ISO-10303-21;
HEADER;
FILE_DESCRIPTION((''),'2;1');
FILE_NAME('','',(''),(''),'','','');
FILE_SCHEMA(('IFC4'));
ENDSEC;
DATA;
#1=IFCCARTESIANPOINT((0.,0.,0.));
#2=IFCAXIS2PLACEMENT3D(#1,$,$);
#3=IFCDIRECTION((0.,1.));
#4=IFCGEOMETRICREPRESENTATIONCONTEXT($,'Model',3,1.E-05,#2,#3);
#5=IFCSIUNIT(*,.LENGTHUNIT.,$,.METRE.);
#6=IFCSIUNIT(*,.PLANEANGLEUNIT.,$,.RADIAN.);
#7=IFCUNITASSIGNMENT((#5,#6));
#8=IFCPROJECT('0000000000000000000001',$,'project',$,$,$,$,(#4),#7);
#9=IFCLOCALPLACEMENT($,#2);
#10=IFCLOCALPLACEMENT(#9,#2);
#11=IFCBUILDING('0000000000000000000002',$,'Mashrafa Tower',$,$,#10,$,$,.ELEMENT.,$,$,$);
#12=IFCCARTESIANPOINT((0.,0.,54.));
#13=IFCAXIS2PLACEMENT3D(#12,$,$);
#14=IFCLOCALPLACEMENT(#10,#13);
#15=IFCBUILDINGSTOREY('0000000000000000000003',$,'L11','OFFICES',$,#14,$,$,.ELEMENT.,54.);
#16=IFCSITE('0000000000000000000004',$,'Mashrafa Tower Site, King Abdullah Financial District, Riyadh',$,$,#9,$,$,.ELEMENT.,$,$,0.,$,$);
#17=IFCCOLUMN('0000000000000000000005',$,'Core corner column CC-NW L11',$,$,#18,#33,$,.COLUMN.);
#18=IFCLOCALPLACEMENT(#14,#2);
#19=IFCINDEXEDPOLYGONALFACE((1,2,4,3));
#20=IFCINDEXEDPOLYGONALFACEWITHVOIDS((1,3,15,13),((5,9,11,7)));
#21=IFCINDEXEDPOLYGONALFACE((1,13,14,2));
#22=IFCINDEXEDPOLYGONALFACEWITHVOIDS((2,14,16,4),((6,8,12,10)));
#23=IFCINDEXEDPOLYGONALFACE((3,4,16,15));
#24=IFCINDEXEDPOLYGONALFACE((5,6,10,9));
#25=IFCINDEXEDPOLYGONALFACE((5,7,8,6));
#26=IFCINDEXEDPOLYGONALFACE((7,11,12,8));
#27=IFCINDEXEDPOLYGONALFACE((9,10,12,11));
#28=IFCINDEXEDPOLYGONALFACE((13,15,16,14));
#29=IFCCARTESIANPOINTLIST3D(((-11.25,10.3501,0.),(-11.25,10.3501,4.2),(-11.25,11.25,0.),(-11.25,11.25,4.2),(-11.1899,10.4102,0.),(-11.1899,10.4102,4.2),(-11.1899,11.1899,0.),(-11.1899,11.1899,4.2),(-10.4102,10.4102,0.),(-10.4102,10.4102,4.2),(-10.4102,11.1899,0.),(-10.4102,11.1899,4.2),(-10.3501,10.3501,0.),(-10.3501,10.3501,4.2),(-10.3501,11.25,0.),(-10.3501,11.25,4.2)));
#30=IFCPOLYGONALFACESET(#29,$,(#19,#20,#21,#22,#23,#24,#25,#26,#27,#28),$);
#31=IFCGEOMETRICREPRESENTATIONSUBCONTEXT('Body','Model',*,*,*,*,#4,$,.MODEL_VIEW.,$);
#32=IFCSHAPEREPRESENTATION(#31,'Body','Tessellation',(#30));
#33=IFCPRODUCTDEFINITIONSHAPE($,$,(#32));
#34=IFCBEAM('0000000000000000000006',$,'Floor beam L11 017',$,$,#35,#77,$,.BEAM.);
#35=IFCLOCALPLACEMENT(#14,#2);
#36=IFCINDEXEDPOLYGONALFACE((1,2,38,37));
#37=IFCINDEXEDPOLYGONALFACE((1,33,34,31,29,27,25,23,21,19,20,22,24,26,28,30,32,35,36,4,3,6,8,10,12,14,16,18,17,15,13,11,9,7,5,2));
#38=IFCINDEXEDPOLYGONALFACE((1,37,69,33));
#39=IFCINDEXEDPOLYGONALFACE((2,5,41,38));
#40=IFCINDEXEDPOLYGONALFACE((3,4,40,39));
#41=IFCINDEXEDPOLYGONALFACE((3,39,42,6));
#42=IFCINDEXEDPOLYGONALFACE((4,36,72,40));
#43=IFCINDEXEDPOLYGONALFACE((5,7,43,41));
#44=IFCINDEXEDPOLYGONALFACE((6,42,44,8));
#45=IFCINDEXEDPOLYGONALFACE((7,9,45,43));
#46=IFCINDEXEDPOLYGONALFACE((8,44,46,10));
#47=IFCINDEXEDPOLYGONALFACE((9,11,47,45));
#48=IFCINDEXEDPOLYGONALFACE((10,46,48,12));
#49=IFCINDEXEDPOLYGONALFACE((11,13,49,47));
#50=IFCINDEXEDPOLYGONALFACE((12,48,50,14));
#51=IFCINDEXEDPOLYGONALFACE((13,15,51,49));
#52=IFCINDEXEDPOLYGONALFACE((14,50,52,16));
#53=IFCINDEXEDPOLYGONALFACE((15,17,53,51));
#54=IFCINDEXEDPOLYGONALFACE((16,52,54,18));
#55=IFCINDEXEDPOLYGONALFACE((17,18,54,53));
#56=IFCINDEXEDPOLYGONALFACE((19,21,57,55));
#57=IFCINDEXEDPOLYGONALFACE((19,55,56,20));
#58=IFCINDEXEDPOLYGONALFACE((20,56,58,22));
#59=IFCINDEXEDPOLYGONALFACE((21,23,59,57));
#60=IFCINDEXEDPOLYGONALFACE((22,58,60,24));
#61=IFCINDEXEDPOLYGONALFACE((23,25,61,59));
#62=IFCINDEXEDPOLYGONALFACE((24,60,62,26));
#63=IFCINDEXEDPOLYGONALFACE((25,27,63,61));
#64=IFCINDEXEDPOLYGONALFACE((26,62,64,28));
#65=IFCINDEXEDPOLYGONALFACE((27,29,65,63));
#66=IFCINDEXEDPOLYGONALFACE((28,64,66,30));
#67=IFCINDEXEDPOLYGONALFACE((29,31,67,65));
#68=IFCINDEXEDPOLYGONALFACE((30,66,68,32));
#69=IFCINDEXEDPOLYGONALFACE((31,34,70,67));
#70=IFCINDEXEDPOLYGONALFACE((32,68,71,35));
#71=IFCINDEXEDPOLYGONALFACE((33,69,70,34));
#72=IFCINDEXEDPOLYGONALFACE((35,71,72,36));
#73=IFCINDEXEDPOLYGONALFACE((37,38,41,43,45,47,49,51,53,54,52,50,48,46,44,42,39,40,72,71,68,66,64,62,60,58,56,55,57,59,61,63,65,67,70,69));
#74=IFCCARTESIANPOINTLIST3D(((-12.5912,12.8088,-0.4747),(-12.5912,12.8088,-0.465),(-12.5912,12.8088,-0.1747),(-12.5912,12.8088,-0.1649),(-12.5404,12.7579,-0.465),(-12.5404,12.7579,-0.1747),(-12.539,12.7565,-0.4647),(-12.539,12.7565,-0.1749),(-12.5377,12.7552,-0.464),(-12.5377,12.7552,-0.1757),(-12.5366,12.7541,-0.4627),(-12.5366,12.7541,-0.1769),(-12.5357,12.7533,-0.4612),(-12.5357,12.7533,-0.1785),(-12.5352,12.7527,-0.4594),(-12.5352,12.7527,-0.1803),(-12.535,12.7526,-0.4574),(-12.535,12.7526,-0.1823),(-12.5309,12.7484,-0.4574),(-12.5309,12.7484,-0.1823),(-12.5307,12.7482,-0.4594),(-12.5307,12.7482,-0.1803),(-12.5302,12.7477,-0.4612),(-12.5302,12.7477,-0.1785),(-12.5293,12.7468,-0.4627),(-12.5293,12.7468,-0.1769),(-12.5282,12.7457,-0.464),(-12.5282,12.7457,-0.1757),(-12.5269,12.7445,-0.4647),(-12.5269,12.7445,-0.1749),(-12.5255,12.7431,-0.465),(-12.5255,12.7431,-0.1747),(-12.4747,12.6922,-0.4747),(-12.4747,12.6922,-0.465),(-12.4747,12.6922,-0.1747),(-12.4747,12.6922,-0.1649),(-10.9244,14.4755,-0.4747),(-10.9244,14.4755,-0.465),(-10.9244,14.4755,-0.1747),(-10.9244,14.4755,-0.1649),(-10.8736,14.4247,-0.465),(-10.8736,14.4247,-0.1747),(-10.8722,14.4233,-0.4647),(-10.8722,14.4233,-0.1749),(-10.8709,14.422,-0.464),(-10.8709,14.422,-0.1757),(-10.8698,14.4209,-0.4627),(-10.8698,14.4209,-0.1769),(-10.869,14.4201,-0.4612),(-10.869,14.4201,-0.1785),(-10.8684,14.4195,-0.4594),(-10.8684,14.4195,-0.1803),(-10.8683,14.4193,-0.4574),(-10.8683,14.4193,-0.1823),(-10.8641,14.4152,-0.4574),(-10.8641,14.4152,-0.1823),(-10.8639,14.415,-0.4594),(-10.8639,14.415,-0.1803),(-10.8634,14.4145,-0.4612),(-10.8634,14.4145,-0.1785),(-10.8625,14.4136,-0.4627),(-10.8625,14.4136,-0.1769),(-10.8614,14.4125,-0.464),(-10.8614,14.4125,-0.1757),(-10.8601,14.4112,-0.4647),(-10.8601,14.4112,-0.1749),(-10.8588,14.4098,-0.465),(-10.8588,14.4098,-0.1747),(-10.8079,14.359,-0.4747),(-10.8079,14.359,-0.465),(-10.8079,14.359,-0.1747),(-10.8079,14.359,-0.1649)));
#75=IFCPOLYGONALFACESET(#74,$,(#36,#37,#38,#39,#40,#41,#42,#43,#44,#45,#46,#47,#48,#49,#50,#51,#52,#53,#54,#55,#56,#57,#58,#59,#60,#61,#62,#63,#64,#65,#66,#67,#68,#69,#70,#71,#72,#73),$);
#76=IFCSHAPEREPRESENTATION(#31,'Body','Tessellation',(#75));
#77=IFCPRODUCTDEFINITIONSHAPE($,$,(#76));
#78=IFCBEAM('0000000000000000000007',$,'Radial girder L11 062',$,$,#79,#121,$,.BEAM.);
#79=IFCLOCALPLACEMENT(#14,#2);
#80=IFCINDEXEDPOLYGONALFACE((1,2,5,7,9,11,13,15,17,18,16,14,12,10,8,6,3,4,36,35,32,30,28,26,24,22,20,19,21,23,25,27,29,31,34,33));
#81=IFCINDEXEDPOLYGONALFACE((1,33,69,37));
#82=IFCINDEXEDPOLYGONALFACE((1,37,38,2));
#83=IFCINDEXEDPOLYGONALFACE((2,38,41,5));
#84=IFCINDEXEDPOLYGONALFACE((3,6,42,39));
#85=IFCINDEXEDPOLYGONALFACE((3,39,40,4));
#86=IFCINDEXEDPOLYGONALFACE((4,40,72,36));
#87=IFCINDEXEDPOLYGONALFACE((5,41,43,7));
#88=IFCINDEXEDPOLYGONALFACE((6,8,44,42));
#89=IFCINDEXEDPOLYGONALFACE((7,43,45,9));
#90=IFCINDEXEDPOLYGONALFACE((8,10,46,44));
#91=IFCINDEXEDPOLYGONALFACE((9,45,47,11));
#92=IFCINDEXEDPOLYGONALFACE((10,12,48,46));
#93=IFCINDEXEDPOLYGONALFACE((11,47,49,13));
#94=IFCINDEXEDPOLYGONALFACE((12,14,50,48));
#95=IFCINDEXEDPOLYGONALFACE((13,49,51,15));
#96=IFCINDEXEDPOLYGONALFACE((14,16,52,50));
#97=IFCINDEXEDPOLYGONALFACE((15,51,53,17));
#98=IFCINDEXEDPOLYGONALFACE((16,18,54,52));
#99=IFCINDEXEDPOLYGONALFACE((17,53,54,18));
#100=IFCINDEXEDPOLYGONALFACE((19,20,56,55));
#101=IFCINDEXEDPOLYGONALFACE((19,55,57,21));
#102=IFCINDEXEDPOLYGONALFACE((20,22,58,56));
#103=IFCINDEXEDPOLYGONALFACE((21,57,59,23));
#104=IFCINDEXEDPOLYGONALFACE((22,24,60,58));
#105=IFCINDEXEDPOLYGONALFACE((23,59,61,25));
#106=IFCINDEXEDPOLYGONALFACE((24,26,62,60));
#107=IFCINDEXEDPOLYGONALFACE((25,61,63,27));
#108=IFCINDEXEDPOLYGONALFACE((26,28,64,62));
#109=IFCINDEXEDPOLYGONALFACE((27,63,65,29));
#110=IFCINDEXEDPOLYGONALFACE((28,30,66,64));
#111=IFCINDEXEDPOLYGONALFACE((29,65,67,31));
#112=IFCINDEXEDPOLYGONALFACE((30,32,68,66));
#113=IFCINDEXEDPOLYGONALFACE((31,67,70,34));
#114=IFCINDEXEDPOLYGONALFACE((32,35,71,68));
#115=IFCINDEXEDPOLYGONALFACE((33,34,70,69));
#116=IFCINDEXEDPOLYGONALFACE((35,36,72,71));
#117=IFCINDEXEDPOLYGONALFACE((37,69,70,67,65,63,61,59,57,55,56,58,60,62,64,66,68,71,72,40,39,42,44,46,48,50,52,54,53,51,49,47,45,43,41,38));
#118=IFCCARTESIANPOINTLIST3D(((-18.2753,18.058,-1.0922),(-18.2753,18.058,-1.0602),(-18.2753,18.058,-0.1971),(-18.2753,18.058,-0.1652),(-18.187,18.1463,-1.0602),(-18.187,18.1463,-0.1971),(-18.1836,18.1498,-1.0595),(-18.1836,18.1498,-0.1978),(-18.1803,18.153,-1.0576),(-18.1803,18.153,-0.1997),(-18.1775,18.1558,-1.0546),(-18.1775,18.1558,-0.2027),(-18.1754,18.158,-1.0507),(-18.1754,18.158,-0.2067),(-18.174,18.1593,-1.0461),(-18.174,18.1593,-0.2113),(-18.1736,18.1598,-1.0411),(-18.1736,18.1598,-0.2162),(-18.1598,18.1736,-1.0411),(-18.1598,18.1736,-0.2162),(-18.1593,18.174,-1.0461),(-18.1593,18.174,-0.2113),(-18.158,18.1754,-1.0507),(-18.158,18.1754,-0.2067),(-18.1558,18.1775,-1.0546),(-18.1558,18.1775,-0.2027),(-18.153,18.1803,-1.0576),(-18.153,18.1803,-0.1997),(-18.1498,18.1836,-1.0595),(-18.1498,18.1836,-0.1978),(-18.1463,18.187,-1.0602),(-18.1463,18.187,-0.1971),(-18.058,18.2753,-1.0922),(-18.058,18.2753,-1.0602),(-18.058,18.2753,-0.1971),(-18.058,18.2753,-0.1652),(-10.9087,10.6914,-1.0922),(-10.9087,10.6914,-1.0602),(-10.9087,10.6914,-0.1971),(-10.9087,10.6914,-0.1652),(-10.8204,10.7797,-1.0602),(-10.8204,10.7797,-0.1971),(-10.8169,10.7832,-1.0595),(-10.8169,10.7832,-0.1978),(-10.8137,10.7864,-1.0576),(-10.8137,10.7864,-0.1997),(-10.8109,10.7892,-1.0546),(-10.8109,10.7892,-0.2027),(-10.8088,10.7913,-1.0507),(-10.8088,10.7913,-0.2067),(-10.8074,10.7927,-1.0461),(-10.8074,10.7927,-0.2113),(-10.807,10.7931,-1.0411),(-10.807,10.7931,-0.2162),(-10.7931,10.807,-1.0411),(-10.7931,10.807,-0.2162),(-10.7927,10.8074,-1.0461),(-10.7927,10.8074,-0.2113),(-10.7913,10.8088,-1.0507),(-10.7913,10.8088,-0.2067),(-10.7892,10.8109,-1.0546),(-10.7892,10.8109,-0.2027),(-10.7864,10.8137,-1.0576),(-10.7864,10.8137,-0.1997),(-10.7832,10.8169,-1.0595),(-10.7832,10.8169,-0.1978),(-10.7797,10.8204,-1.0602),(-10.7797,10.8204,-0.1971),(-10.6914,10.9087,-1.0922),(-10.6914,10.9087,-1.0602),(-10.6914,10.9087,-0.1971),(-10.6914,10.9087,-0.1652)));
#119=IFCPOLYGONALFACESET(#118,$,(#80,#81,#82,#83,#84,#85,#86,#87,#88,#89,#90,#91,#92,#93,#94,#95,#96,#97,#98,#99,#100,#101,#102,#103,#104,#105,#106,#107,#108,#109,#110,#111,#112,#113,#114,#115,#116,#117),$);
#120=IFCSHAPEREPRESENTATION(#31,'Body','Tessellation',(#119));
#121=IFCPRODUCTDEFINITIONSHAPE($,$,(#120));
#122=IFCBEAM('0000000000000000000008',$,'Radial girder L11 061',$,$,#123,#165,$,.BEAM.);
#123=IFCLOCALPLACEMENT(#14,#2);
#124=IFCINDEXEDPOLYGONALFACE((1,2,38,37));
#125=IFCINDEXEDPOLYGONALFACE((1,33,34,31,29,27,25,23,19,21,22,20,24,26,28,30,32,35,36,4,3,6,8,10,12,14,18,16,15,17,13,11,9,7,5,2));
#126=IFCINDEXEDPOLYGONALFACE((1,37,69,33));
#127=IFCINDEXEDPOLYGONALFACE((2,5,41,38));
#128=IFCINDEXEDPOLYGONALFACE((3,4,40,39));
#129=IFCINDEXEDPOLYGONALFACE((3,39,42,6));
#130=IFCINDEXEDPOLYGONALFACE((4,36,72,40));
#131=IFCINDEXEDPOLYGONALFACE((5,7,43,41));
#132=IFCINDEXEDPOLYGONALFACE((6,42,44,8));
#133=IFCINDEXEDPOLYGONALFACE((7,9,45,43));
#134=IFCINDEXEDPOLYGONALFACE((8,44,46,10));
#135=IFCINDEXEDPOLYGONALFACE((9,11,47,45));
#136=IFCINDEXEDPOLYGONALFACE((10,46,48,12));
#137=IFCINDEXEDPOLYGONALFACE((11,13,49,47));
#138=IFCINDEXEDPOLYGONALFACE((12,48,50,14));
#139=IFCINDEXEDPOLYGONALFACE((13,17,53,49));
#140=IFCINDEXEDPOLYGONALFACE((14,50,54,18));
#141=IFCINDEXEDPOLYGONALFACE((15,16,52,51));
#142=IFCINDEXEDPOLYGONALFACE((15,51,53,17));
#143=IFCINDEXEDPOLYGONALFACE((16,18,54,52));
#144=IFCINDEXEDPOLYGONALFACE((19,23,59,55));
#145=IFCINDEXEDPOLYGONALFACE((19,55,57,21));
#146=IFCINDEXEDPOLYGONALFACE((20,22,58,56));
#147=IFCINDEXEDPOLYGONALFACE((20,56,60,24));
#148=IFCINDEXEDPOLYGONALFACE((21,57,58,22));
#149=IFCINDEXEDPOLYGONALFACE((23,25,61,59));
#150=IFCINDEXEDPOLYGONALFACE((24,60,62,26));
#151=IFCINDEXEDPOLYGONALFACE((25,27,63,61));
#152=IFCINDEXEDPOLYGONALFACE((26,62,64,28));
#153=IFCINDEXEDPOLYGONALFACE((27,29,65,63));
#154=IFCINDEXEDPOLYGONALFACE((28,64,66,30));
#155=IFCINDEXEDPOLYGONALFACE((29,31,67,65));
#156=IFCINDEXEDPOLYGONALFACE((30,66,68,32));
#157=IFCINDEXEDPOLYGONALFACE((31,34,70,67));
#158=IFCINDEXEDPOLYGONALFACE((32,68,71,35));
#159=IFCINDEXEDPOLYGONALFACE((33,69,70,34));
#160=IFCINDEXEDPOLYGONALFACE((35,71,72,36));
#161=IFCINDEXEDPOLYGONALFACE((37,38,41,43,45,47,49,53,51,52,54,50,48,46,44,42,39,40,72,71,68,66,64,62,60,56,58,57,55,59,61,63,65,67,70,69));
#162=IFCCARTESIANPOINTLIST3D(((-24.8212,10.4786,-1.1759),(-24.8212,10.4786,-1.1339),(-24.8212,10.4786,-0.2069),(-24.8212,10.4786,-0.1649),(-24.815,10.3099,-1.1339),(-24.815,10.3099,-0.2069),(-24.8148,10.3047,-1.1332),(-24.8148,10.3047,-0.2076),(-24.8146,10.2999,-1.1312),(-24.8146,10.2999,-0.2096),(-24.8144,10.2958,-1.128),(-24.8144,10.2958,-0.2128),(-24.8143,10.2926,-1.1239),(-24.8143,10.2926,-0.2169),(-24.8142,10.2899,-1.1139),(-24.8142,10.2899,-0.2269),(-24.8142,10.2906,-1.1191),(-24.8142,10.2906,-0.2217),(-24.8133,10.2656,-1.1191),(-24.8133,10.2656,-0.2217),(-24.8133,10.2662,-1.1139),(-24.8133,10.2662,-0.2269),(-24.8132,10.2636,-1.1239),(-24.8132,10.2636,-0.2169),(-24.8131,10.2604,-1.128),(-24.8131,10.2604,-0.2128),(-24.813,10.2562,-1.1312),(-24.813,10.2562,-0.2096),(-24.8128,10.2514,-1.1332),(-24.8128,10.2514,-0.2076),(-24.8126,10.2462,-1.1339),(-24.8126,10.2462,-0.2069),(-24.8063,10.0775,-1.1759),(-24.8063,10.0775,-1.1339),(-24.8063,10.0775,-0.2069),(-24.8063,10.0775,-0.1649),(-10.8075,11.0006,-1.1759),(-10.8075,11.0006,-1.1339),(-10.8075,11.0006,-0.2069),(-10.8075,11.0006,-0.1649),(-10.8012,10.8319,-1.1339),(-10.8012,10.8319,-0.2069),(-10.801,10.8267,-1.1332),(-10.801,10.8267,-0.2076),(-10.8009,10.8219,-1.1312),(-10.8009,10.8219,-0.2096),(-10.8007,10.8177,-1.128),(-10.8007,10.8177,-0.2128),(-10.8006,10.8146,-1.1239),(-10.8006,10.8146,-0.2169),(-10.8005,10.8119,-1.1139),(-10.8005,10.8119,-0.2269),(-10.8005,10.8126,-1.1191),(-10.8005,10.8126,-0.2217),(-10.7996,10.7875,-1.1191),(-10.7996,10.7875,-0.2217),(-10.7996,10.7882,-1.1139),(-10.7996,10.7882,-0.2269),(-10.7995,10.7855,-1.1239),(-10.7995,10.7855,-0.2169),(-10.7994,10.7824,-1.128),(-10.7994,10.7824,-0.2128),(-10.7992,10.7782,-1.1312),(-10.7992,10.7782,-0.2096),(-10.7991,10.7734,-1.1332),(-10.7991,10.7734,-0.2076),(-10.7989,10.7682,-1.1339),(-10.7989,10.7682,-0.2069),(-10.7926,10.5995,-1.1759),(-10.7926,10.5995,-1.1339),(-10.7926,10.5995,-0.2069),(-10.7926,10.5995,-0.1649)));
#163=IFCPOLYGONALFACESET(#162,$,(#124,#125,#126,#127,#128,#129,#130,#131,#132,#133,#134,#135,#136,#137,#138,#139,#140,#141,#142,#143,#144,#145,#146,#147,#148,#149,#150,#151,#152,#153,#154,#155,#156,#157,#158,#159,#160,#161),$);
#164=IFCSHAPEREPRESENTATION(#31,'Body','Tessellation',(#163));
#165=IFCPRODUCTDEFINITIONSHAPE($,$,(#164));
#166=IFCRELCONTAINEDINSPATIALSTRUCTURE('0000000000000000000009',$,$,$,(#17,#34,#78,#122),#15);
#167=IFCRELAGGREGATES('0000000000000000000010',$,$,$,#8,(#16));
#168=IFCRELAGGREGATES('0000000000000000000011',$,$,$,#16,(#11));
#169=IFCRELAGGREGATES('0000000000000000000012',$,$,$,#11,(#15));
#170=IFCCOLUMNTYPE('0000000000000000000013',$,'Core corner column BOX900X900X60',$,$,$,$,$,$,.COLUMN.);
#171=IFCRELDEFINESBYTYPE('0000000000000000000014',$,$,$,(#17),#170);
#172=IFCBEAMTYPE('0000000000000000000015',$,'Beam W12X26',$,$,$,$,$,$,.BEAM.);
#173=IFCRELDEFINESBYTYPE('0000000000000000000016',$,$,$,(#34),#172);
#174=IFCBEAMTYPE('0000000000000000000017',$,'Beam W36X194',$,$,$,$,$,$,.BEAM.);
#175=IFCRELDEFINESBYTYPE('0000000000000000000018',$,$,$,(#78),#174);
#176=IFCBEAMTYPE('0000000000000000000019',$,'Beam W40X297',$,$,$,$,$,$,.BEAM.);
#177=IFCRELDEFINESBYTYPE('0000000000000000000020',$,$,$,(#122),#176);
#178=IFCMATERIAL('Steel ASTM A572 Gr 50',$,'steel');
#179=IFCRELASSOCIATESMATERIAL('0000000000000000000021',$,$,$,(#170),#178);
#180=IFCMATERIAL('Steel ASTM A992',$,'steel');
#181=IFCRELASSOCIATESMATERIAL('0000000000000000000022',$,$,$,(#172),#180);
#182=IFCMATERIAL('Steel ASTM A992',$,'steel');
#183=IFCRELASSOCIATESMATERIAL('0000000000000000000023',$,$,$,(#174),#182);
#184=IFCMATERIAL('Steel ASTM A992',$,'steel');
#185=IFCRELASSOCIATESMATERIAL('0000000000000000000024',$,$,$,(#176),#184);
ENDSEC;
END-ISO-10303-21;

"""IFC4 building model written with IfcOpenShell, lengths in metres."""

from ifc_helpers import new_model, si_unit, direction, frame, origin, origin_2d, place, context, subcontext, project, spatial, hollow_rectangle, i_section, extrude, material, material_profile, profile_set, type_object, element, save


model = new_model("IFC4")

# Units and contexts
model_context = context("Model", 3, precision=1e-05, world=origin(), true_north=direction((0.0, 1.0)))
body_context = subcontext(model_context, "Body", "Model", "MODEL_VIEW")
ifc_project = project(units=[si_unit("LENGTHUNIT", "METRE"), si_unit("PLANEANGLEUNIT", "RADIAN")], contexts=[model_context])

# Site, building, storey
site_placement = place(None, origin())
site = spatial("IfcSite", under=ifc_project, at=site_placement, Name="Mashrafa Tower Site, King Abdullah Financial District, Riyadh", CompositionType="ELEMENT", RefElevation=0.0)
building_placement = place(site_placement, origin())
building = spatial("IfcBuilding", under=site, at=building_placement, Name="Mashrafa Tower", CompositionType="ELEMENT")
storey_placement = place(building_placement, frame((0.0, 0.0, 54.0)))
storey = spatial("IfcBuildingStorey", under=building, at=storey_placement, Name="L11", Description="OFFICES", CompositionType="ELEMENT", Elevation=54.0)

# Column
ifc_material_1 = material(Name="Steel ASTM A572 Gr 50", Category="steel")
ifc_material_profile_1 = material_profile(ifc_material_1, hollow_rectangle(XDim=0.8999, YDim=0.8999, WallThickness=0.0601, at=origin_2d()), Name="BOX900X900X60")
ifc_profile_set_1 = profile_set([ifc_material_profile_1], Name="Steel ASTM A572 Gr 50")
column_type = type_object("IfcColumnType", Name="Core corner column BOX900X900X60", PredefinedType="COLUMN", material=ifc_profile_set_1)
column_placement = place(storey_placement, frame((-10.8, 10.8, 0.0), z_axis=(0.0, 0.0, 1.0), x_axis=(1.0, 0.0, 0.0)))
element("IfcColumn", 1, at=column_placement, inside=storey, type_object=column_type, Name="Core corner column CC-NW L11", PredefinedType="COLUMN", context=body_context, shape_type="SweptSolid", body=[
    extrude(hollow_rectangle(XDim=0.8999, YDim=0.8999, WallThickness=0.0601, at=origin_2d()), origin(), (0.0, 0.0, 1.0), 4.2),
])

# Beams
ifc_material_2 = material(Name="Steel ASTM A992", Category="steel")
ifc_material_profile_2 = material_profile(ifc_material_2, i_section(OverallWidth=0.1648, OverallDepth=0.3098, WebThickness=0.0059, FlangeThickness=0.0098, FilletRadius=0.0076, at=origin_2d()), Name="W12X26")
ifc_profile_set_2 = profile_set([ifc_material_profile_2], Name="Steel ASTM A992")
beam_type_1 = type_object("IfcBeamType", Name="Beam W12X26", PredefinedType="BEAM", material=ifc_profile_set_2)
beam_1_placement = place(storey_placement, frame((-12.533, 12.7505, -0.3198), z_axis=(0.707107, 0.707107, 0.0), x_axis=(-0.707107, 0.707107, 0.0)))
element("IfcBeam", 2, at=beam_1_placement, inside=storey, type_object=beam_type_1, Name="Floor beam L11 017", PredefinedType="BEAM", context=body_context, shape_type="SweptSolid", body=[
    extrude(i_section(OverallWidth=0.1648, OverallDepth=0.3098, WebThickness=0.0059, FlangeThickness=0.0098, FilletRadius=0.0076, at=origin_2d()), origin(), (0.0, 0.0, 1.0), 2.3572),
])
ifc_material_3 = material(Name="Steel ASTM A992", Category="steel")
ifc_material_profile_3 = material_profile(ifc_material_3, i_section(OverallWidth=0.3074, OverallDepth=0.927, WebThickness=0.0195, FlangeThickness=0.032, FilletRadius=0.019, at=origin_2d()), Name="W36X194")
ifc_profile_set_3 = profile_set([ifc_material_profile_3], Name="Steel ASTM A992")
beam_type_2 = type_object("IfcBeamType", Name="Beam W36X194", PredefinedType="BEAM", material=ifc_profile_set_3)
beam_2_placement = place(storey_placement, frame((-10.8, 10.8, -0.6287), z_axis=(-0.707107, 0.707107, 0.0), x_axis=(-0.707107, -0.707107, 0.0)))
element("IfcBeam", 3, at=beam_2_placement, inside=storey, type_object=beam_type_2, Name="Radial girder L11 062", PredefinedType="BEAM", context=body_context, shape_type="SweptSolid", body=[
    extrude(i_section(OverallWidth=0.3074, OverallDepth=0.927, WebThickness=0.0195, FlangeThickness=0.032, FilletRadius=0.019, at=origin_2d()), origin(), (0.0, 0.0, 1.0), 10.418),
])
ifc_material_4 = material(Name="Steel ASTM A992", Category="steel")
ifc_material_profile_4 = material_profile(ifc_material_4, i_section(OverallWidth=0.4014, OverallDepth=1.011, WebThickness=0.0237, FlangeThickness=0.042, FilletRadius=0.02, at=origin_2d()), Name="W40X297")
ifc_profile_set_4 = profile_set([ifc_material_profile_4], Name="Steel ASTM A992")
beam_type_3 = type_object("IfcBeamType", Name="Beam W40X297", PredefinedType="BEAM", material=ifc_profile_set_4)
for number, where, z_axis, x_axis, name in (
    (4, (-10.8, 10.8, -0.6704), (-0.999307, -0.037222, 0.0), (0.037222, -0.999307, 0.0), "Radial girder L11 061"),
):
    element("IfcBeam", number, at=place(storey_placement, frame(where, z_axis=z_axis, x_axis=x_axis)), inside=storey, type_object=beam_type_3, Name=name, PredefinedType="BEAM", context=body_context, shape_type="SweptSolid", body=[
        extrude(i_section(OverallWidth=0.4014, OverallDepth=1.011, WebThickness=0.0237, FlangeThickness=0.042, FilletRadius=0.02, at=origin_2d()), origin(), (0.0, 0.0, 1.0), 14.0234),
    ])

save(model, "model.ifc")
